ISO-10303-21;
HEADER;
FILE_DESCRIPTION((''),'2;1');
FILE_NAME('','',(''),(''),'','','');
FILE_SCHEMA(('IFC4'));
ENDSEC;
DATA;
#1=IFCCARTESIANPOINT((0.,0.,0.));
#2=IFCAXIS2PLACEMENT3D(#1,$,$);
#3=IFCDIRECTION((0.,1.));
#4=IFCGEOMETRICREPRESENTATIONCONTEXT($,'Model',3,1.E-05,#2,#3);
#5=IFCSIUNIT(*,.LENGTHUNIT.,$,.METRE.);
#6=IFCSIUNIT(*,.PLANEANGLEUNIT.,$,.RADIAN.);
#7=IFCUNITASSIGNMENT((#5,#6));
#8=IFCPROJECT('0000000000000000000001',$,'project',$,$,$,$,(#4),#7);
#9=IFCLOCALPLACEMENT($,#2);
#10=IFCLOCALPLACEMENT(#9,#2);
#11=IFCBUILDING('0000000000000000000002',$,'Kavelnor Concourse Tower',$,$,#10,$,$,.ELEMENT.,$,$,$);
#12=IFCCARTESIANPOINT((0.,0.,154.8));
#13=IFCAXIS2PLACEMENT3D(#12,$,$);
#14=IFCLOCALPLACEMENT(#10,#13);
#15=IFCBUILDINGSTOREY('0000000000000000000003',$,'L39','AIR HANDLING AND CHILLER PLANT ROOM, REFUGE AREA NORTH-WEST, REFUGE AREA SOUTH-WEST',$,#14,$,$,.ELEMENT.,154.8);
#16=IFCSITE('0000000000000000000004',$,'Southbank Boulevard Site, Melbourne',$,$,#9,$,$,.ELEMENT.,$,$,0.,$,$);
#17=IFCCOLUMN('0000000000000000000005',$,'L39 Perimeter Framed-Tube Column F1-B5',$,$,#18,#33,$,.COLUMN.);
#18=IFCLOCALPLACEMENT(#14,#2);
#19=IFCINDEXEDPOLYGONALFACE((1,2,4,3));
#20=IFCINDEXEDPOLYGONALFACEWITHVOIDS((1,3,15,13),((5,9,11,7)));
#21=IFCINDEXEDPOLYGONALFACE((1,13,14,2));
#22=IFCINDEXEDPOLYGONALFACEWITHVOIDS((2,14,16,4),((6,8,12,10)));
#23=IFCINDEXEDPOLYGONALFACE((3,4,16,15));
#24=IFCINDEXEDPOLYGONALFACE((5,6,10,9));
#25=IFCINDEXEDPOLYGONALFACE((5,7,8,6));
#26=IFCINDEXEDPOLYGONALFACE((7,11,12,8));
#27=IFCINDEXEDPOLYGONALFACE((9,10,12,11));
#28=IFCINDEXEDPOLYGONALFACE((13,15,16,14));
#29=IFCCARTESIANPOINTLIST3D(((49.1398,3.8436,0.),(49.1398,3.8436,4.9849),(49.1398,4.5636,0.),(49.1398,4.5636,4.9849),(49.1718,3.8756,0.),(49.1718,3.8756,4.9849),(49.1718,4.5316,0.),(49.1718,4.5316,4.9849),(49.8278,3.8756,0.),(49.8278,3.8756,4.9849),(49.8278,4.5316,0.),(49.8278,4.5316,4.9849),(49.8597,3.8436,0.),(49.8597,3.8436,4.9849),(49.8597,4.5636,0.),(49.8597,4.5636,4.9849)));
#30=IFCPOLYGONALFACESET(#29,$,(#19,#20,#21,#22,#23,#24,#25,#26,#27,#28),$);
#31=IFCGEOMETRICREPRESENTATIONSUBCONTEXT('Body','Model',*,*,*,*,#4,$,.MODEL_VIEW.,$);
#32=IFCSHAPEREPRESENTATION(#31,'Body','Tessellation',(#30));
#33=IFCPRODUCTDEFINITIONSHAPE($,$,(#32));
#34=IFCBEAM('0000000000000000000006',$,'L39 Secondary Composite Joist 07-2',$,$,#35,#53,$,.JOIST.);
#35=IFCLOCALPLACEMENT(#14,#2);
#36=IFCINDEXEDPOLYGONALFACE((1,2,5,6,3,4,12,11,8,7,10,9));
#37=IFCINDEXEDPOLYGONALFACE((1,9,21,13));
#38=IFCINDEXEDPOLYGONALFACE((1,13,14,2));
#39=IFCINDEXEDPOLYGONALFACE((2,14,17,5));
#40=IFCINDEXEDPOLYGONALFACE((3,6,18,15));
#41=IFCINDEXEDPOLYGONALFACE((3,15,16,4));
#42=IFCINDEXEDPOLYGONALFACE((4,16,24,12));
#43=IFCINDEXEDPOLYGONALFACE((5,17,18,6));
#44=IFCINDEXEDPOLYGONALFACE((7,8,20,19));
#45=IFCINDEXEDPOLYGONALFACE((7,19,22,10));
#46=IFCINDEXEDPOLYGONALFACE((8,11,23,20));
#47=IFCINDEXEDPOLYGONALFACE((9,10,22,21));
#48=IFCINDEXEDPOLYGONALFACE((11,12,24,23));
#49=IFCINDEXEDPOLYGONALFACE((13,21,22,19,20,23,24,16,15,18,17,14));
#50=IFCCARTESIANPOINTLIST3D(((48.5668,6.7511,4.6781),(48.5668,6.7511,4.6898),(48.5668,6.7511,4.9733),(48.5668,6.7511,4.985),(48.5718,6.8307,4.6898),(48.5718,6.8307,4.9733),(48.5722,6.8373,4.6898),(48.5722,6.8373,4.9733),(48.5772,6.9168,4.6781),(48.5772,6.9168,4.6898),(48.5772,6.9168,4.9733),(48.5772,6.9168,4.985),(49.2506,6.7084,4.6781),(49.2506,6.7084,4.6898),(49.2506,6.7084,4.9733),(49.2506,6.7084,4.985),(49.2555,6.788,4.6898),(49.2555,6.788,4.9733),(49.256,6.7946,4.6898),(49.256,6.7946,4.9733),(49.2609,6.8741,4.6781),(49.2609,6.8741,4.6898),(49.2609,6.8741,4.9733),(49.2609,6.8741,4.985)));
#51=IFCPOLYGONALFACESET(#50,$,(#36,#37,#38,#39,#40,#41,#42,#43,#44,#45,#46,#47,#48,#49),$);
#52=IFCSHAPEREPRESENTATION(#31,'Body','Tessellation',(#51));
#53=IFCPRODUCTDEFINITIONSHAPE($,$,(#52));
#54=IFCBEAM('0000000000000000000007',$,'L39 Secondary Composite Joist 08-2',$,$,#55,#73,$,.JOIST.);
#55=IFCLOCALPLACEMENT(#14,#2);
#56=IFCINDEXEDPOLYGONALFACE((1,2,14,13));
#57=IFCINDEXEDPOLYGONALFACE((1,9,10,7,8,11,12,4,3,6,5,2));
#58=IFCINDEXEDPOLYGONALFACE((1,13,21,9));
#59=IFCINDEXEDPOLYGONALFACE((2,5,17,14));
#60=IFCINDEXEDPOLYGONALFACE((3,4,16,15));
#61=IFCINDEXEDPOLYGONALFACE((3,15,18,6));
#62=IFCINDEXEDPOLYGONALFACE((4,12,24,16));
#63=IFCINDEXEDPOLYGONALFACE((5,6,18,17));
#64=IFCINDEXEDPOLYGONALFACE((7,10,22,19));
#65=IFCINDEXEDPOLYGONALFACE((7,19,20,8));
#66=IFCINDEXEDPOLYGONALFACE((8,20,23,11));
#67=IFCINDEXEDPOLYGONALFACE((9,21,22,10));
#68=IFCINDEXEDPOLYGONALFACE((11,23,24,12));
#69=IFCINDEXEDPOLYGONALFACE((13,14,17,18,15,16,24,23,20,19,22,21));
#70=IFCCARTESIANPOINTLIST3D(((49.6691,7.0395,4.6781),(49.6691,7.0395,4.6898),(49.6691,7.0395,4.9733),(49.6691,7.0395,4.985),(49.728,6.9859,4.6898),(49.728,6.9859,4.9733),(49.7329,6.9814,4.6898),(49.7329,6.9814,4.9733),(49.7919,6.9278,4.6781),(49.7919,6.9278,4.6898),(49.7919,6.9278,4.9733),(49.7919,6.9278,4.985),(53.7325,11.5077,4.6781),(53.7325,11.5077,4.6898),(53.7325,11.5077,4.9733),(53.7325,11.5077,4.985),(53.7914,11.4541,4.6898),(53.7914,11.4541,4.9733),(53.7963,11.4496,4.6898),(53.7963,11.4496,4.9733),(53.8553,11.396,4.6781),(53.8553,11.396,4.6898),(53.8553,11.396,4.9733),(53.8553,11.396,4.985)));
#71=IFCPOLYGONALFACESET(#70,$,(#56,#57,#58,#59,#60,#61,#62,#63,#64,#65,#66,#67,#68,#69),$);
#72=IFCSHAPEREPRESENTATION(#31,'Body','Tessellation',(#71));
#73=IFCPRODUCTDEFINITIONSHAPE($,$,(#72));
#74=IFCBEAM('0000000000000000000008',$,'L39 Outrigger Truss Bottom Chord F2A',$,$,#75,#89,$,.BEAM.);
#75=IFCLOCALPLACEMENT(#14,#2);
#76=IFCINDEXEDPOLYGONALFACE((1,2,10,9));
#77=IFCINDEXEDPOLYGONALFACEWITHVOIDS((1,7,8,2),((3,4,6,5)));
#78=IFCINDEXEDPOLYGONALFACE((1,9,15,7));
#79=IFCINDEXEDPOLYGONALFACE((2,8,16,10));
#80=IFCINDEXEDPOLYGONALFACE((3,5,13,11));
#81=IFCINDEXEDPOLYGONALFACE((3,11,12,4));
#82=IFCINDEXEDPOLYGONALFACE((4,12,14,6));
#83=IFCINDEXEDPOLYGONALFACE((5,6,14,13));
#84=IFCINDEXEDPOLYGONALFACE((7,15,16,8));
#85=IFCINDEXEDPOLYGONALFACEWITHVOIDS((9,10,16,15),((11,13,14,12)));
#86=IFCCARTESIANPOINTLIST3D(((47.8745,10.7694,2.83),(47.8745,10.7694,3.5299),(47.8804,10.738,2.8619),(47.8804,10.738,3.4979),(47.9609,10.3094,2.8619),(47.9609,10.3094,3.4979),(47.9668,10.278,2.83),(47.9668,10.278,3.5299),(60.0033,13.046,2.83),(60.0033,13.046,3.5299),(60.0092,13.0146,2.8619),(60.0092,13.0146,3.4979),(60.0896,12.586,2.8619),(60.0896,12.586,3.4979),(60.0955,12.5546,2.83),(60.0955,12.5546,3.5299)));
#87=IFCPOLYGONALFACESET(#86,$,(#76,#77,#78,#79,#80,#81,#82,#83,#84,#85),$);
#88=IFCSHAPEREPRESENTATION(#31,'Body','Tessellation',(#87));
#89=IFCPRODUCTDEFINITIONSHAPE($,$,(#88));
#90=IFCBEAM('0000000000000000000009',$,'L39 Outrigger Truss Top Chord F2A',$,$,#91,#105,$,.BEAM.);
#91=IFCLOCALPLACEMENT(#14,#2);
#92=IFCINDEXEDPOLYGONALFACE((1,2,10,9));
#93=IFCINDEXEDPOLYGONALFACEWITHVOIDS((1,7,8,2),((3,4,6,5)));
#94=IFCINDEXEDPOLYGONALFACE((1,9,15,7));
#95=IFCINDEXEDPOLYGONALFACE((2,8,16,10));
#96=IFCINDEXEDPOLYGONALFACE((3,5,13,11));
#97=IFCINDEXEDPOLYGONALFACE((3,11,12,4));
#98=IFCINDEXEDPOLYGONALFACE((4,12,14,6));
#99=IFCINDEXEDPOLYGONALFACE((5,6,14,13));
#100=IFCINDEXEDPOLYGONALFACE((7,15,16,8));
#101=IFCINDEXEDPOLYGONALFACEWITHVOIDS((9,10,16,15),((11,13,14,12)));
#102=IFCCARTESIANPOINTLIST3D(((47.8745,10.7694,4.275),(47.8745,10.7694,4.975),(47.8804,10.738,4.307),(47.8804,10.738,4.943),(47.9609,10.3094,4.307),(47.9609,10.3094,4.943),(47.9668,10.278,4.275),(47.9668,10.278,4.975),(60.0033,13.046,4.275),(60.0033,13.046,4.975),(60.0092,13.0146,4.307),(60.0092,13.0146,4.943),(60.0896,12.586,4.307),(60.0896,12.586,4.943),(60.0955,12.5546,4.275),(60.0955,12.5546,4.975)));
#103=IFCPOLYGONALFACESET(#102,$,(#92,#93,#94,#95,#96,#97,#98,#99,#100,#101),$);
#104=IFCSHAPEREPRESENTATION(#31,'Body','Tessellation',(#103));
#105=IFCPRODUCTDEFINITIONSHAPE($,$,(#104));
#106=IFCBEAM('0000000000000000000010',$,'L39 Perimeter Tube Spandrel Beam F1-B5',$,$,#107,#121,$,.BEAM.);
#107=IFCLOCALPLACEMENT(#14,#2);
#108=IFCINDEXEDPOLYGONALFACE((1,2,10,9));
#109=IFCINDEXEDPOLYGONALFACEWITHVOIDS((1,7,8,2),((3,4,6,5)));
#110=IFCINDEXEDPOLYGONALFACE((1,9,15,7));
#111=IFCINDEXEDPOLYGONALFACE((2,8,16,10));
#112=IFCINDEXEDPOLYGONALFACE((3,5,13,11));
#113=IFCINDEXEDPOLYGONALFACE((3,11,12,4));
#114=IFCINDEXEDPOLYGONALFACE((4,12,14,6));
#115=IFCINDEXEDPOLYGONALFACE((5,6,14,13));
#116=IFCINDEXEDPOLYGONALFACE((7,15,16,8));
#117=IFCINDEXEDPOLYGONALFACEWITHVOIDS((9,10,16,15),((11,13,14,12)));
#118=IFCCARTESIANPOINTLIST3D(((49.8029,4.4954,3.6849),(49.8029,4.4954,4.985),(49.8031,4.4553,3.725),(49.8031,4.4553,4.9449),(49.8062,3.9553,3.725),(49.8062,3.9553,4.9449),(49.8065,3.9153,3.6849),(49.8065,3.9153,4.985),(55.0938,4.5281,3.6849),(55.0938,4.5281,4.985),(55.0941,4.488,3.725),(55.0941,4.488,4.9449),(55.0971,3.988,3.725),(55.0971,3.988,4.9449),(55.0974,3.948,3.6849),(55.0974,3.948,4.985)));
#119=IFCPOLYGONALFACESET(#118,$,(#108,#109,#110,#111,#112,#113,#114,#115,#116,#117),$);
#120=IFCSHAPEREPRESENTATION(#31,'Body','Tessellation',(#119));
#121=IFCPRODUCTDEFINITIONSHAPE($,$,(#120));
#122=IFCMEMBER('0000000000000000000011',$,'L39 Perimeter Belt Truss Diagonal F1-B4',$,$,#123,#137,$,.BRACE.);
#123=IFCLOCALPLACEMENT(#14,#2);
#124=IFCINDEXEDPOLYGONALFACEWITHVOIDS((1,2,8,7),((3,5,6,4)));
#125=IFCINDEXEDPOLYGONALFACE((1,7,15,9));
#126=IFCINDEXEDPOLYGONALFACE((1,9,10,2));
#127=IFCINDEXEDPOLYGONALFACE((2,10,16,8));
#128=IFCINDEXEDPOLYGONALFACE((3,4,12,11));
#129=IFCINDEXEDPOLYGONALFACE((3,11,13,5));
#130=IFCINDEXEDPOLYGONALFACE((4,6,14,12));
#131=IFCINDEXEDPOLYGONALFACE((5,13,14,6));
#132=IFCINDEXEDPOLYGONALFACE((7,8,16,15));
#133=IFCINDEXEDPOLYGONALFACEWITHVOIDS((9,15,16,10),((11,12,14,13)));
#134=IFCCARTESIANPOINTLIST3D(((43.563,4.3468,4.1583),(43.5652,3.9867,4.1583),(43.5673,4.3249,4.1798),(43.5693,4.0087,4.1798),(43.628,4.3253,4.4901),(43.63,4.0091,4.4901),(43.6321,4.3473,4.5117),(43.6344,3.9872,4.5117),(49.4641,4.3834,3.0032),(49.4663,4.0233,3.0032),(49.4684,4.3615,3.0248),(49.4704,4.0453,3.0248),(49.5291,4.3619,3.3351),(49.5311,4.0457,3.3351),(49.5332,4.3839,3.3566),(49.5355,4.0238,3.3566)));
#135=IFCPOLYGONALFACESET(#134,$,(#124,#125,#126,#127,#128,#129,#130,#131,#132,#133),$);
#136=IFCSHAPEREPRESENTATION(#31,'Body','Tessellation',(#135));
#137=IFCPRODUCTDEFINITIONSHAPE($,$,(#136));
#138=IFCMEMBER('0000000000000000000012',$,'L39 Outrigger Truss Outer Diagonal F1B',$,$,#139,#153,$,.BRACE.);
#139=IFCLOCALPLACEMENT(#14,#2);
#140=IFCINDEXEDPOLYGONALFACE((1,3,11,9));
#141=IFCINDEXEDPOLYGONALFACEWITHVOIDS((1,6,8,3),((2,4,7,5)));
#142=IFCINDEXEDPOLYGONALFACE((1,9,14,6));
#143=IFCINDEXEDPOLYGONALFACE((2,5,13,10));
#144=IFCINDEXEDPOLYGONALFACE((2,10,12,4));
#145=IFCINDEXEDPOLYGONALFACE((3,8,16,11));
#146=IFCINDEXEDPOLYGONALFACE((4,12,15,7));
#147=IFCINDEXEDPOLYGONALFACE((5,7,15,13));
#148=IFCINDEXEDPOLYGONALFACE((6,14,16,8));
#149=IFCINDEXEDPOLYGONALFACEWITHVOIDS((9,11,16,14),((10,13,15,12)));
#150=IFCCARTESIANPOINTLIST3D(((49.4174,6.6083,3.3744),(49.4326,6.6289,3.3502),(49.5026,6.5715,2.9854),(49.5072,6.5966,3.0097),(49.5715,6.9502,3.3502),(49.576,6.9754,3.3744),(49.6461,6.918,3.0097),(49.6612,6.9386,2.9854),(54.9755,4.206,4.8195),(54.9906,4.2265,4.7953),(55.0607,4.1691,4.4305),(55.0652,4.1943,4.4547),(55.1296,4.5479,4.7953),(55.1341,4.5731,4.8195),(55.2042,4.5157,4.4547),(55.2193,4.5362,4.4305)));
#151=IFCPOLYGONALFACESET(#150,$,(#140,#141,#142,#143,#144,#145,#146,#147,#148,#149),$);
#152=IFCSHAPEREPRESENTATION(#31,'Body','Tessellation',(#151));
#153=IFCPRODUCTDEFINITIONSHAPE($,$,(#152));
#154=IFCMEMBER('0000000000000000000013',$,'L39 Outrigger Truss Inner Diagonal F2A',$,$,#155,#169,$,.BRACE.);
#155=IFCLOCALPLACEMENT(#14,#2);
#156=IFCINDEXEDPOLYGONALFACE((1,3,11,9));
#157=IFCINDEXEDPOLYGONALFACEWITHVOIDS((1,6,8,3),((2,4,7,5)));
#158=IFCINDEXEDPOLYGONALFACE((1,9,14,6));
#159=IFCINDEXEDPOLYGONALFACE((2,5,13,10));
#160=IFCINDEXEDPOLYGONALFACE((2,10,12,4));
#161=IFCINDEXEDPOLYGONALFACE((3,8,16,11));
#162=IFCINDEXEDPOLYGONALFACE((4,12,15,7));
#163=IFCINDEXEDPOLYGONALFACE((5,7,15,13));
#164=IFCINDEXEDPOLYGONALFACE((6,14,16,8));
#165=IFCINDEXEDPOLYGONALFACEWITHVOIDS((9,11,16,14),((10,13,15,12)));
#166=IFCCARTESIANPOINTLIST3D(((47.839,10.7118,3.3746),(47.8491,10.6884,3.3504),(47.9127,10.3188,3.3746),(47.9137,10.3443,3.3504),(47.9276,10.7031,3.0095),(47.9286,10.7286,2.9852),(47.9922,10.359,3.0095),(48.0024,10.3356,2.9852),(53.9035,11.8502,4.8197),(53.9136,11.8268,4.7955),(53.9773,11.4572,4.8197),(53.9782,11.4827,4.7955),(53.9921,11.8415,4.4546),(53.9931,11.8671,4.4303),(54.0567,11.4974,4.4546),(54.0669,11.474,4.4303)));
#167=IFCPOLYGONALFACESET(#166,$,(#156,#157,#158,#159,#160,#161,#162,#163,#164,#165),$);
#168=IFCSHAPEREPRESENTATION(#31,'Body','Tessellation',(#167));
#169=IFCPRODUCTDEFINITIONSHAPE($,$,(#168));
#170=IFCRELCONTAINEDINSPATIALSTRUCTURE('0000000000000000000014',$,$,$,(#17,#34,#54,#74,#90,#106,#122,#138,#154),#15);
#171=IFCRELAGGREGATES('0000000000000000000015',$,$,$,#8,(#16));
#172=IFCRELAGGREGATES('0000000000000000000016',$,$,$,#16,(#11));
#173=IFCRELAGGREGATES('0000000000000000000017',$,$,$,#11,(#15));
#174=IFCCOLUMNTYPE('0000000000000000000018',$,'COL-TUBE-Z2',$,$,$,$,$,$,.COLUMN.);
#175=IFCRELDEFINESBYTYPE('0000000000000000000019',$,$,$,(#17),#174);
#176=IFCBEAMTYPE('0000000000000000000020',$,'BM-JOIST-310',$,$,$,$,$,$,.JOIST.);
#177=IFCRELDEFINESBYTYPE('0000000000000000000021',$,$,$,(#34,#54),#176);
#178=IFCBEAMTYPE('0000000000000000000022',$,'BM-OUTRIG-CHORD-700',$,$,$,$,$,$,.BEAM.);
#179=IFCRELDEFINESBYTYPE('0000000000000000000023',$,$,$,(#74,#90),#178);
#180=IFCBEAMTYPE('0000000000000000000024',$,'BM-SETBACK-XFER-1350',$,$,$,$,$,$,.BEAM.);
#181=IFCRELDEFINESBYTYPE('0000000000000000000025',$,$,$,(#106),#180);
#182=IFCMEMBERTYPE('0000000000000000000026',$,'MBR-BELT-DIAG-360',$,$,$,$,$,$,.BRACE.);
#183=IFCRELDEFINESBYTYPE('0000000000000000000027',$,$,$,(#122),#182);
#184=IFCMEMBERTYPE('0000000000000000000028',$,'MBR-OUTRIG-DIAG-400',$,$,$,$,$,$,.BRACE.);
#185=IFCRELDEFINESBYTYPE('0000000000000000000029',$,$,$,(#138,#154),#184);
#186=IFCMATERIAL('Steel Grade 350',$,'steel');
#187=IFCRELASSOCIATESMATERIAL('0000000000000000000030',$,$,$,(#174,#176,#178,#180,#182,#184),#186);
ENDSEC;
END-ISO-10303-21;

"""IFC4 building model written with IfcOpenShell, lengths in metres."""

from ifc_helpers import new_model, si_unit, direction, frame, origin, origin_2d, place, context, subcontext, project, spatial, hollow_rectangle, i_section, extrude, material, material_profile, profile_set, type_object, element, save


model = new_model("IFC4")

# Units and contexts
model_context = context("Model", 3, precision=1e-05, world=origin(), true_north=direction((0.0, 1.0)))
body_context = subcontext(model_context, "Body", "Model", "MODEL_VIEW")
ifc_project = project(units=[si_unit("LENGTHUNIT", "METRE"), si_unit("PLANEANGLEUNIT", "RADIAN")], contexts=[model_context])

# Site, building, storey
site_placement = place(None, origin())
site = spatial("IfcSite", under=ifc_project, at=site_placement, Name="Southbank Boulevard Site, Melbourne", CompositionType="ELEMENT", RefElevation=0.0)
building_placement = place(site_placement, origin())
building = spatial("IfcBuilding", under=site, at=building_placement, Name="Kavelnor Concourse Tower", CompositionType="ELEMENT")
storey_placement = place(building_placement, frame((0.0, 0.0, 154.8)))
storey = spatial("IfcBuildingStorey", under=building, at=storey_placement, Name="L39", Description="AIR HANDLING AND CHILLER PLANT ROOM, REFUGE AREA NORTH-WEST, REFUGE AREA SOUTH-WEST", CompositionType="ELEMENT", Elevation=154.8)

# Column
ifc_material_1 = material(Name="Steel Grade 350", Category="steel")
ifc_material_profile_1 = material_profile(ifc_material_1, hollow_rectangle(XDim=0.72, YDim=0.72, WallThickness=0.032, at=origin_2d()), Name="SHS 720x720x32")
ifc_profile_set_1 = profile_set([ifc_material_profile_1], Name="Steel Grade 350")
column_type = type_object("IfcColumnType", Name="COL-TUBE-Z2", PredefinedType="COLUMN", material=ifc_profile_set_1)
column_placement = place(storey_placement, frame((49.4998, 4.2036, 0.0), z_axis=(0.0, 0.0, 1.0), x_axis=(1.0, 0.0, 0.0)))
element("IfcColumn", 1, at=column_placement, inside=storey, type_object=column_type, Name="L39 Perimeter Framed-Tube Column F1-B5", PredefinedType="COLUMN", context=body_context, shape_type="SweptSolid", body=[
    extrude(hollow_rectangle(XDim=0.72, YDim=0.72, WallThickness=0.032, at=origin_2d()), origin(), (0.0, 0.0, 1.0), 4.9849),
])

# Beams
ifc_material_profile_2 = material_profile(ifc_material_1, i_section(OverallWidth=0.166, OverallDepth=0.3069, WebThickness=0.0066, FlangeThickness=0.0117, at=origin_2d()), Name="310UB46")
ifc_profile_set_2 = profile_set([ifc_material_profile_2], Name="Steel Grade 350")
beam_type_1 = type_object("IfcBeamType", Name="BM-JOIST-310", PredefinedType="JOIST", material=ifc_profile_set_2)
beam_1_placement = place(storey_placement, frame((48.572, 6.834, 4.8315), z_axis=(0.998054, -0.062356, 0.0), x_axis=(0.062356, 0.998054, 0.0)))
element("IfcBeam", 2, at=beam_1_placement, inside=storey, type_object=beam_type_1, Name="L39 Secondary Composite Joist 07-2", PredefinedType="JOIST", context=body_context, shape_type="SweptSolid", body=[
    extrude(i_section(OverallWidth=0.166, OverallDepth=0.3069, WebThickness=0.0066, FlangeThickness=0.0117, at=origin_2d()), origin(), (0.0, 0.0, 1.0), 0.6851),
])
beam_2_placement = place(storey_placement, frame((49.7305, 6.9836, 4.8315), z_axis=(0.672802, 0.739823, 0.0), x_axis=(-0.739823, 0.672802, 0.0)))
element("IfcBeam", 3, at=beam_2_placement, inside=storey, type_object=beam_type_1, Name="L39 Secondary Composite Joist 08-2", PredefinedType="JOIST", context=body_context, shape_type="SweptSolid", body=[
    extrude(i_section(OverallWidth=0.166, OverallDepth=0.3069, WebThickness=0.0066, FlangeThickness=0.0117, at=origin_2d()), origin(), (0.0, 0.0, 1.0), 6.0396),
])
ifc_material_profile_3 = material_profile(ifc_material_1, hollow_rectangle(XDim=0.5, YDim=0.7, WallThickness=0.032, at=origin_2d()), Name="RHS 700x500x32")
ifc_profile_set_3 = profile_set([ifc_material_profile_3], Name="Steel Grade 350")
beam_type_2 = type_object("IfcBeamType", Name="BM-OUTRIG-CHORD-700", PredefinedType="BEAM", material=ifc_profile_set_3)
for number, where, z_axis, x_axis, name in (
    (4, (47.9207, 10.5237, 3.1799), (0.982836, 0.184483, 0.0), (-0.184483, 0.982836, 0.0), "L39 Outrigger Truss Bottom Chord F2A"),
    (5, (47.9207, 10.5237, 4.625), (0.982836, 0.184483, 0.0), (-0.184483, 0.982836, 0.0), "L39 Outrigger Truss Top Chord F2A"),
):
    element("IfcBeam", number, at=place(storey_placement, frame(where, z_axis=z_axis, x_axis=x_axis)), inside=storey, type_object=beam_type_2, Name=name, PredefinedType="BEAM", context=body_context, shape_type="SweptSolid", body=[
        extrude(hollow_rectangle(XDim=0.5, YDim=0.7, WallThickness=0.032, at=origin_2d()), origin(), (0.0, 0.0, 1.0), 12.3406),
    ])
ifc_material_profile_4 = material_profile(ifc_material_1, hollow_rectangle(XDim=0.5801, YDim=1.3, WallThickness=0.04, at=origin_2d()), Name="RHS 1300x580x40")
ifc_profile_set_4 = profile_set([ifc_material_profile_4], Name="Steel Grade 350")
beam_type_3 = type_object("IfcBeamType", Name="BM-SETBACK-XFER-1350", PredefinedType="BEAM", material=ifc_profile_set_4)
beam_3_placement = place(storey_placement, frame((49.8047, 4.2053, 4.335), z_axis=(0.999981, 0.006183, 0.0), x_axis=(-0.006183, 0.999981, 0.0)))
element("IfcBeam", 6, at=beam_3_placement, inside=storey, type_object=beam_type_3, Name="L39 Perimeter Tube Spandrel Beam F1-B5", PredefinedType="BEAM", context=body_context, shape_type="SweptSolid", body=[
    extrude(hollow_rectangle(XDim=0.5801, YDim=1.3, WallThickness=0.04, at=origin_2d()), origin(), (0.0, 0.0, 1.0), 5.291),
])

# Members
ifc_material_profile_5 = material_profile(ifc_material_1, hollow_rectangle(XDim=0.3601, YDim=0.3601, WallThickness=0.022, at=origin_2d()), Name="SHS 360x360x22")
ifc_profile_set_5 = profile_set([ifc_material_profile_5], Name="Steel Grade 350")
member_type_1 = type_object("IfcMemberType", Name="MBR-BELT-DIAG-360", PredefinedType="BRACE", material=ifc_profile_set_5)
member_1_placement = place(storey_placement, frame((49.4998, 4.2036, 3.1799), z_axis=(-0.98136, -0.00609, 0.192082), x_axis=(0.006206, -0.999981, 0.0)))
element("IfcMember", 7, at=member_1_placement, inside=storey, type_object=member_type_1, Name="L39 Perimeter Belt Truss Diagonal F1-B4", PredefinedType="BRACE", context=body_context, shape_type="SweptSolid", body=[
    extrude(hollow_rectangle(XDim=0.3601, YDim=0.3601, WallThickness=0.022, at=origin_2d()), origin(), (0.0, 0.0, 1.0), 6.0132),
])
ifc_material_profile_6 = material_profile(ifc_material_1, hollow_rectangle(XDim=0.3999, YDim=0.3999, WallThickness=0.0249, at=origin_2d()), Name="SHS 400x400x25")
ifc_profile_set_6 = profile_set([ifc_material_profile_6], Name="Steel Grade 350")
member_type_2 = type_object("IfcMemberType", Name="MBR-OUTRIG-DIAG-400", PredefinedType="BRACE", material=ifc_profile_set_6)
member_2_placement = place(storey_placement, frame((49.5393, 6.7734, 3.1799), z_axis=(0.892852, -0.385912, 0.232135), x_axis=(0.39675, 0.917927, 0.0)))
element("IfcMember", 8, at=member_2_placement, inside=storey, type_object=member_type_2, Name="L39 Outrigger Truss Outer Diagonal F1B", PredefinedType="BRACE", context=body_context, shape_type="SweptSolid", body=[
    extrude(hollow_rectangle(XDim=0.3999, YDim=0.3999, WallThickness=0.0249, at=origin_2d()), origin(), (0.0, 0.0, 1.0), 6.2251),
])
member_3_placement = place(storey_placement, frame((47.9207, 10.5237, 3.1799), z_axis=(0.95694, 0.179638, 0.228025), x_axis=(-0.184499, 0.982833, 0.0)))
element("IfcMember", 9, at=member_3_placement, inside=storey, type_object=member_type_2, Name="L39 Outrigger Truss Inner Diagonal F2A", PredefinedType="BRACE", context=body_context, shape_type="SweptSolid", body=[
    extrude(hollow_rectangle(XDim=0.3999, YDim=0.3999, WallThickness=0.0249, at=origin_2d()), origin(), (0.0, 0.0, 1.0), 6.3374),
])

save(model, "model.ifc")
